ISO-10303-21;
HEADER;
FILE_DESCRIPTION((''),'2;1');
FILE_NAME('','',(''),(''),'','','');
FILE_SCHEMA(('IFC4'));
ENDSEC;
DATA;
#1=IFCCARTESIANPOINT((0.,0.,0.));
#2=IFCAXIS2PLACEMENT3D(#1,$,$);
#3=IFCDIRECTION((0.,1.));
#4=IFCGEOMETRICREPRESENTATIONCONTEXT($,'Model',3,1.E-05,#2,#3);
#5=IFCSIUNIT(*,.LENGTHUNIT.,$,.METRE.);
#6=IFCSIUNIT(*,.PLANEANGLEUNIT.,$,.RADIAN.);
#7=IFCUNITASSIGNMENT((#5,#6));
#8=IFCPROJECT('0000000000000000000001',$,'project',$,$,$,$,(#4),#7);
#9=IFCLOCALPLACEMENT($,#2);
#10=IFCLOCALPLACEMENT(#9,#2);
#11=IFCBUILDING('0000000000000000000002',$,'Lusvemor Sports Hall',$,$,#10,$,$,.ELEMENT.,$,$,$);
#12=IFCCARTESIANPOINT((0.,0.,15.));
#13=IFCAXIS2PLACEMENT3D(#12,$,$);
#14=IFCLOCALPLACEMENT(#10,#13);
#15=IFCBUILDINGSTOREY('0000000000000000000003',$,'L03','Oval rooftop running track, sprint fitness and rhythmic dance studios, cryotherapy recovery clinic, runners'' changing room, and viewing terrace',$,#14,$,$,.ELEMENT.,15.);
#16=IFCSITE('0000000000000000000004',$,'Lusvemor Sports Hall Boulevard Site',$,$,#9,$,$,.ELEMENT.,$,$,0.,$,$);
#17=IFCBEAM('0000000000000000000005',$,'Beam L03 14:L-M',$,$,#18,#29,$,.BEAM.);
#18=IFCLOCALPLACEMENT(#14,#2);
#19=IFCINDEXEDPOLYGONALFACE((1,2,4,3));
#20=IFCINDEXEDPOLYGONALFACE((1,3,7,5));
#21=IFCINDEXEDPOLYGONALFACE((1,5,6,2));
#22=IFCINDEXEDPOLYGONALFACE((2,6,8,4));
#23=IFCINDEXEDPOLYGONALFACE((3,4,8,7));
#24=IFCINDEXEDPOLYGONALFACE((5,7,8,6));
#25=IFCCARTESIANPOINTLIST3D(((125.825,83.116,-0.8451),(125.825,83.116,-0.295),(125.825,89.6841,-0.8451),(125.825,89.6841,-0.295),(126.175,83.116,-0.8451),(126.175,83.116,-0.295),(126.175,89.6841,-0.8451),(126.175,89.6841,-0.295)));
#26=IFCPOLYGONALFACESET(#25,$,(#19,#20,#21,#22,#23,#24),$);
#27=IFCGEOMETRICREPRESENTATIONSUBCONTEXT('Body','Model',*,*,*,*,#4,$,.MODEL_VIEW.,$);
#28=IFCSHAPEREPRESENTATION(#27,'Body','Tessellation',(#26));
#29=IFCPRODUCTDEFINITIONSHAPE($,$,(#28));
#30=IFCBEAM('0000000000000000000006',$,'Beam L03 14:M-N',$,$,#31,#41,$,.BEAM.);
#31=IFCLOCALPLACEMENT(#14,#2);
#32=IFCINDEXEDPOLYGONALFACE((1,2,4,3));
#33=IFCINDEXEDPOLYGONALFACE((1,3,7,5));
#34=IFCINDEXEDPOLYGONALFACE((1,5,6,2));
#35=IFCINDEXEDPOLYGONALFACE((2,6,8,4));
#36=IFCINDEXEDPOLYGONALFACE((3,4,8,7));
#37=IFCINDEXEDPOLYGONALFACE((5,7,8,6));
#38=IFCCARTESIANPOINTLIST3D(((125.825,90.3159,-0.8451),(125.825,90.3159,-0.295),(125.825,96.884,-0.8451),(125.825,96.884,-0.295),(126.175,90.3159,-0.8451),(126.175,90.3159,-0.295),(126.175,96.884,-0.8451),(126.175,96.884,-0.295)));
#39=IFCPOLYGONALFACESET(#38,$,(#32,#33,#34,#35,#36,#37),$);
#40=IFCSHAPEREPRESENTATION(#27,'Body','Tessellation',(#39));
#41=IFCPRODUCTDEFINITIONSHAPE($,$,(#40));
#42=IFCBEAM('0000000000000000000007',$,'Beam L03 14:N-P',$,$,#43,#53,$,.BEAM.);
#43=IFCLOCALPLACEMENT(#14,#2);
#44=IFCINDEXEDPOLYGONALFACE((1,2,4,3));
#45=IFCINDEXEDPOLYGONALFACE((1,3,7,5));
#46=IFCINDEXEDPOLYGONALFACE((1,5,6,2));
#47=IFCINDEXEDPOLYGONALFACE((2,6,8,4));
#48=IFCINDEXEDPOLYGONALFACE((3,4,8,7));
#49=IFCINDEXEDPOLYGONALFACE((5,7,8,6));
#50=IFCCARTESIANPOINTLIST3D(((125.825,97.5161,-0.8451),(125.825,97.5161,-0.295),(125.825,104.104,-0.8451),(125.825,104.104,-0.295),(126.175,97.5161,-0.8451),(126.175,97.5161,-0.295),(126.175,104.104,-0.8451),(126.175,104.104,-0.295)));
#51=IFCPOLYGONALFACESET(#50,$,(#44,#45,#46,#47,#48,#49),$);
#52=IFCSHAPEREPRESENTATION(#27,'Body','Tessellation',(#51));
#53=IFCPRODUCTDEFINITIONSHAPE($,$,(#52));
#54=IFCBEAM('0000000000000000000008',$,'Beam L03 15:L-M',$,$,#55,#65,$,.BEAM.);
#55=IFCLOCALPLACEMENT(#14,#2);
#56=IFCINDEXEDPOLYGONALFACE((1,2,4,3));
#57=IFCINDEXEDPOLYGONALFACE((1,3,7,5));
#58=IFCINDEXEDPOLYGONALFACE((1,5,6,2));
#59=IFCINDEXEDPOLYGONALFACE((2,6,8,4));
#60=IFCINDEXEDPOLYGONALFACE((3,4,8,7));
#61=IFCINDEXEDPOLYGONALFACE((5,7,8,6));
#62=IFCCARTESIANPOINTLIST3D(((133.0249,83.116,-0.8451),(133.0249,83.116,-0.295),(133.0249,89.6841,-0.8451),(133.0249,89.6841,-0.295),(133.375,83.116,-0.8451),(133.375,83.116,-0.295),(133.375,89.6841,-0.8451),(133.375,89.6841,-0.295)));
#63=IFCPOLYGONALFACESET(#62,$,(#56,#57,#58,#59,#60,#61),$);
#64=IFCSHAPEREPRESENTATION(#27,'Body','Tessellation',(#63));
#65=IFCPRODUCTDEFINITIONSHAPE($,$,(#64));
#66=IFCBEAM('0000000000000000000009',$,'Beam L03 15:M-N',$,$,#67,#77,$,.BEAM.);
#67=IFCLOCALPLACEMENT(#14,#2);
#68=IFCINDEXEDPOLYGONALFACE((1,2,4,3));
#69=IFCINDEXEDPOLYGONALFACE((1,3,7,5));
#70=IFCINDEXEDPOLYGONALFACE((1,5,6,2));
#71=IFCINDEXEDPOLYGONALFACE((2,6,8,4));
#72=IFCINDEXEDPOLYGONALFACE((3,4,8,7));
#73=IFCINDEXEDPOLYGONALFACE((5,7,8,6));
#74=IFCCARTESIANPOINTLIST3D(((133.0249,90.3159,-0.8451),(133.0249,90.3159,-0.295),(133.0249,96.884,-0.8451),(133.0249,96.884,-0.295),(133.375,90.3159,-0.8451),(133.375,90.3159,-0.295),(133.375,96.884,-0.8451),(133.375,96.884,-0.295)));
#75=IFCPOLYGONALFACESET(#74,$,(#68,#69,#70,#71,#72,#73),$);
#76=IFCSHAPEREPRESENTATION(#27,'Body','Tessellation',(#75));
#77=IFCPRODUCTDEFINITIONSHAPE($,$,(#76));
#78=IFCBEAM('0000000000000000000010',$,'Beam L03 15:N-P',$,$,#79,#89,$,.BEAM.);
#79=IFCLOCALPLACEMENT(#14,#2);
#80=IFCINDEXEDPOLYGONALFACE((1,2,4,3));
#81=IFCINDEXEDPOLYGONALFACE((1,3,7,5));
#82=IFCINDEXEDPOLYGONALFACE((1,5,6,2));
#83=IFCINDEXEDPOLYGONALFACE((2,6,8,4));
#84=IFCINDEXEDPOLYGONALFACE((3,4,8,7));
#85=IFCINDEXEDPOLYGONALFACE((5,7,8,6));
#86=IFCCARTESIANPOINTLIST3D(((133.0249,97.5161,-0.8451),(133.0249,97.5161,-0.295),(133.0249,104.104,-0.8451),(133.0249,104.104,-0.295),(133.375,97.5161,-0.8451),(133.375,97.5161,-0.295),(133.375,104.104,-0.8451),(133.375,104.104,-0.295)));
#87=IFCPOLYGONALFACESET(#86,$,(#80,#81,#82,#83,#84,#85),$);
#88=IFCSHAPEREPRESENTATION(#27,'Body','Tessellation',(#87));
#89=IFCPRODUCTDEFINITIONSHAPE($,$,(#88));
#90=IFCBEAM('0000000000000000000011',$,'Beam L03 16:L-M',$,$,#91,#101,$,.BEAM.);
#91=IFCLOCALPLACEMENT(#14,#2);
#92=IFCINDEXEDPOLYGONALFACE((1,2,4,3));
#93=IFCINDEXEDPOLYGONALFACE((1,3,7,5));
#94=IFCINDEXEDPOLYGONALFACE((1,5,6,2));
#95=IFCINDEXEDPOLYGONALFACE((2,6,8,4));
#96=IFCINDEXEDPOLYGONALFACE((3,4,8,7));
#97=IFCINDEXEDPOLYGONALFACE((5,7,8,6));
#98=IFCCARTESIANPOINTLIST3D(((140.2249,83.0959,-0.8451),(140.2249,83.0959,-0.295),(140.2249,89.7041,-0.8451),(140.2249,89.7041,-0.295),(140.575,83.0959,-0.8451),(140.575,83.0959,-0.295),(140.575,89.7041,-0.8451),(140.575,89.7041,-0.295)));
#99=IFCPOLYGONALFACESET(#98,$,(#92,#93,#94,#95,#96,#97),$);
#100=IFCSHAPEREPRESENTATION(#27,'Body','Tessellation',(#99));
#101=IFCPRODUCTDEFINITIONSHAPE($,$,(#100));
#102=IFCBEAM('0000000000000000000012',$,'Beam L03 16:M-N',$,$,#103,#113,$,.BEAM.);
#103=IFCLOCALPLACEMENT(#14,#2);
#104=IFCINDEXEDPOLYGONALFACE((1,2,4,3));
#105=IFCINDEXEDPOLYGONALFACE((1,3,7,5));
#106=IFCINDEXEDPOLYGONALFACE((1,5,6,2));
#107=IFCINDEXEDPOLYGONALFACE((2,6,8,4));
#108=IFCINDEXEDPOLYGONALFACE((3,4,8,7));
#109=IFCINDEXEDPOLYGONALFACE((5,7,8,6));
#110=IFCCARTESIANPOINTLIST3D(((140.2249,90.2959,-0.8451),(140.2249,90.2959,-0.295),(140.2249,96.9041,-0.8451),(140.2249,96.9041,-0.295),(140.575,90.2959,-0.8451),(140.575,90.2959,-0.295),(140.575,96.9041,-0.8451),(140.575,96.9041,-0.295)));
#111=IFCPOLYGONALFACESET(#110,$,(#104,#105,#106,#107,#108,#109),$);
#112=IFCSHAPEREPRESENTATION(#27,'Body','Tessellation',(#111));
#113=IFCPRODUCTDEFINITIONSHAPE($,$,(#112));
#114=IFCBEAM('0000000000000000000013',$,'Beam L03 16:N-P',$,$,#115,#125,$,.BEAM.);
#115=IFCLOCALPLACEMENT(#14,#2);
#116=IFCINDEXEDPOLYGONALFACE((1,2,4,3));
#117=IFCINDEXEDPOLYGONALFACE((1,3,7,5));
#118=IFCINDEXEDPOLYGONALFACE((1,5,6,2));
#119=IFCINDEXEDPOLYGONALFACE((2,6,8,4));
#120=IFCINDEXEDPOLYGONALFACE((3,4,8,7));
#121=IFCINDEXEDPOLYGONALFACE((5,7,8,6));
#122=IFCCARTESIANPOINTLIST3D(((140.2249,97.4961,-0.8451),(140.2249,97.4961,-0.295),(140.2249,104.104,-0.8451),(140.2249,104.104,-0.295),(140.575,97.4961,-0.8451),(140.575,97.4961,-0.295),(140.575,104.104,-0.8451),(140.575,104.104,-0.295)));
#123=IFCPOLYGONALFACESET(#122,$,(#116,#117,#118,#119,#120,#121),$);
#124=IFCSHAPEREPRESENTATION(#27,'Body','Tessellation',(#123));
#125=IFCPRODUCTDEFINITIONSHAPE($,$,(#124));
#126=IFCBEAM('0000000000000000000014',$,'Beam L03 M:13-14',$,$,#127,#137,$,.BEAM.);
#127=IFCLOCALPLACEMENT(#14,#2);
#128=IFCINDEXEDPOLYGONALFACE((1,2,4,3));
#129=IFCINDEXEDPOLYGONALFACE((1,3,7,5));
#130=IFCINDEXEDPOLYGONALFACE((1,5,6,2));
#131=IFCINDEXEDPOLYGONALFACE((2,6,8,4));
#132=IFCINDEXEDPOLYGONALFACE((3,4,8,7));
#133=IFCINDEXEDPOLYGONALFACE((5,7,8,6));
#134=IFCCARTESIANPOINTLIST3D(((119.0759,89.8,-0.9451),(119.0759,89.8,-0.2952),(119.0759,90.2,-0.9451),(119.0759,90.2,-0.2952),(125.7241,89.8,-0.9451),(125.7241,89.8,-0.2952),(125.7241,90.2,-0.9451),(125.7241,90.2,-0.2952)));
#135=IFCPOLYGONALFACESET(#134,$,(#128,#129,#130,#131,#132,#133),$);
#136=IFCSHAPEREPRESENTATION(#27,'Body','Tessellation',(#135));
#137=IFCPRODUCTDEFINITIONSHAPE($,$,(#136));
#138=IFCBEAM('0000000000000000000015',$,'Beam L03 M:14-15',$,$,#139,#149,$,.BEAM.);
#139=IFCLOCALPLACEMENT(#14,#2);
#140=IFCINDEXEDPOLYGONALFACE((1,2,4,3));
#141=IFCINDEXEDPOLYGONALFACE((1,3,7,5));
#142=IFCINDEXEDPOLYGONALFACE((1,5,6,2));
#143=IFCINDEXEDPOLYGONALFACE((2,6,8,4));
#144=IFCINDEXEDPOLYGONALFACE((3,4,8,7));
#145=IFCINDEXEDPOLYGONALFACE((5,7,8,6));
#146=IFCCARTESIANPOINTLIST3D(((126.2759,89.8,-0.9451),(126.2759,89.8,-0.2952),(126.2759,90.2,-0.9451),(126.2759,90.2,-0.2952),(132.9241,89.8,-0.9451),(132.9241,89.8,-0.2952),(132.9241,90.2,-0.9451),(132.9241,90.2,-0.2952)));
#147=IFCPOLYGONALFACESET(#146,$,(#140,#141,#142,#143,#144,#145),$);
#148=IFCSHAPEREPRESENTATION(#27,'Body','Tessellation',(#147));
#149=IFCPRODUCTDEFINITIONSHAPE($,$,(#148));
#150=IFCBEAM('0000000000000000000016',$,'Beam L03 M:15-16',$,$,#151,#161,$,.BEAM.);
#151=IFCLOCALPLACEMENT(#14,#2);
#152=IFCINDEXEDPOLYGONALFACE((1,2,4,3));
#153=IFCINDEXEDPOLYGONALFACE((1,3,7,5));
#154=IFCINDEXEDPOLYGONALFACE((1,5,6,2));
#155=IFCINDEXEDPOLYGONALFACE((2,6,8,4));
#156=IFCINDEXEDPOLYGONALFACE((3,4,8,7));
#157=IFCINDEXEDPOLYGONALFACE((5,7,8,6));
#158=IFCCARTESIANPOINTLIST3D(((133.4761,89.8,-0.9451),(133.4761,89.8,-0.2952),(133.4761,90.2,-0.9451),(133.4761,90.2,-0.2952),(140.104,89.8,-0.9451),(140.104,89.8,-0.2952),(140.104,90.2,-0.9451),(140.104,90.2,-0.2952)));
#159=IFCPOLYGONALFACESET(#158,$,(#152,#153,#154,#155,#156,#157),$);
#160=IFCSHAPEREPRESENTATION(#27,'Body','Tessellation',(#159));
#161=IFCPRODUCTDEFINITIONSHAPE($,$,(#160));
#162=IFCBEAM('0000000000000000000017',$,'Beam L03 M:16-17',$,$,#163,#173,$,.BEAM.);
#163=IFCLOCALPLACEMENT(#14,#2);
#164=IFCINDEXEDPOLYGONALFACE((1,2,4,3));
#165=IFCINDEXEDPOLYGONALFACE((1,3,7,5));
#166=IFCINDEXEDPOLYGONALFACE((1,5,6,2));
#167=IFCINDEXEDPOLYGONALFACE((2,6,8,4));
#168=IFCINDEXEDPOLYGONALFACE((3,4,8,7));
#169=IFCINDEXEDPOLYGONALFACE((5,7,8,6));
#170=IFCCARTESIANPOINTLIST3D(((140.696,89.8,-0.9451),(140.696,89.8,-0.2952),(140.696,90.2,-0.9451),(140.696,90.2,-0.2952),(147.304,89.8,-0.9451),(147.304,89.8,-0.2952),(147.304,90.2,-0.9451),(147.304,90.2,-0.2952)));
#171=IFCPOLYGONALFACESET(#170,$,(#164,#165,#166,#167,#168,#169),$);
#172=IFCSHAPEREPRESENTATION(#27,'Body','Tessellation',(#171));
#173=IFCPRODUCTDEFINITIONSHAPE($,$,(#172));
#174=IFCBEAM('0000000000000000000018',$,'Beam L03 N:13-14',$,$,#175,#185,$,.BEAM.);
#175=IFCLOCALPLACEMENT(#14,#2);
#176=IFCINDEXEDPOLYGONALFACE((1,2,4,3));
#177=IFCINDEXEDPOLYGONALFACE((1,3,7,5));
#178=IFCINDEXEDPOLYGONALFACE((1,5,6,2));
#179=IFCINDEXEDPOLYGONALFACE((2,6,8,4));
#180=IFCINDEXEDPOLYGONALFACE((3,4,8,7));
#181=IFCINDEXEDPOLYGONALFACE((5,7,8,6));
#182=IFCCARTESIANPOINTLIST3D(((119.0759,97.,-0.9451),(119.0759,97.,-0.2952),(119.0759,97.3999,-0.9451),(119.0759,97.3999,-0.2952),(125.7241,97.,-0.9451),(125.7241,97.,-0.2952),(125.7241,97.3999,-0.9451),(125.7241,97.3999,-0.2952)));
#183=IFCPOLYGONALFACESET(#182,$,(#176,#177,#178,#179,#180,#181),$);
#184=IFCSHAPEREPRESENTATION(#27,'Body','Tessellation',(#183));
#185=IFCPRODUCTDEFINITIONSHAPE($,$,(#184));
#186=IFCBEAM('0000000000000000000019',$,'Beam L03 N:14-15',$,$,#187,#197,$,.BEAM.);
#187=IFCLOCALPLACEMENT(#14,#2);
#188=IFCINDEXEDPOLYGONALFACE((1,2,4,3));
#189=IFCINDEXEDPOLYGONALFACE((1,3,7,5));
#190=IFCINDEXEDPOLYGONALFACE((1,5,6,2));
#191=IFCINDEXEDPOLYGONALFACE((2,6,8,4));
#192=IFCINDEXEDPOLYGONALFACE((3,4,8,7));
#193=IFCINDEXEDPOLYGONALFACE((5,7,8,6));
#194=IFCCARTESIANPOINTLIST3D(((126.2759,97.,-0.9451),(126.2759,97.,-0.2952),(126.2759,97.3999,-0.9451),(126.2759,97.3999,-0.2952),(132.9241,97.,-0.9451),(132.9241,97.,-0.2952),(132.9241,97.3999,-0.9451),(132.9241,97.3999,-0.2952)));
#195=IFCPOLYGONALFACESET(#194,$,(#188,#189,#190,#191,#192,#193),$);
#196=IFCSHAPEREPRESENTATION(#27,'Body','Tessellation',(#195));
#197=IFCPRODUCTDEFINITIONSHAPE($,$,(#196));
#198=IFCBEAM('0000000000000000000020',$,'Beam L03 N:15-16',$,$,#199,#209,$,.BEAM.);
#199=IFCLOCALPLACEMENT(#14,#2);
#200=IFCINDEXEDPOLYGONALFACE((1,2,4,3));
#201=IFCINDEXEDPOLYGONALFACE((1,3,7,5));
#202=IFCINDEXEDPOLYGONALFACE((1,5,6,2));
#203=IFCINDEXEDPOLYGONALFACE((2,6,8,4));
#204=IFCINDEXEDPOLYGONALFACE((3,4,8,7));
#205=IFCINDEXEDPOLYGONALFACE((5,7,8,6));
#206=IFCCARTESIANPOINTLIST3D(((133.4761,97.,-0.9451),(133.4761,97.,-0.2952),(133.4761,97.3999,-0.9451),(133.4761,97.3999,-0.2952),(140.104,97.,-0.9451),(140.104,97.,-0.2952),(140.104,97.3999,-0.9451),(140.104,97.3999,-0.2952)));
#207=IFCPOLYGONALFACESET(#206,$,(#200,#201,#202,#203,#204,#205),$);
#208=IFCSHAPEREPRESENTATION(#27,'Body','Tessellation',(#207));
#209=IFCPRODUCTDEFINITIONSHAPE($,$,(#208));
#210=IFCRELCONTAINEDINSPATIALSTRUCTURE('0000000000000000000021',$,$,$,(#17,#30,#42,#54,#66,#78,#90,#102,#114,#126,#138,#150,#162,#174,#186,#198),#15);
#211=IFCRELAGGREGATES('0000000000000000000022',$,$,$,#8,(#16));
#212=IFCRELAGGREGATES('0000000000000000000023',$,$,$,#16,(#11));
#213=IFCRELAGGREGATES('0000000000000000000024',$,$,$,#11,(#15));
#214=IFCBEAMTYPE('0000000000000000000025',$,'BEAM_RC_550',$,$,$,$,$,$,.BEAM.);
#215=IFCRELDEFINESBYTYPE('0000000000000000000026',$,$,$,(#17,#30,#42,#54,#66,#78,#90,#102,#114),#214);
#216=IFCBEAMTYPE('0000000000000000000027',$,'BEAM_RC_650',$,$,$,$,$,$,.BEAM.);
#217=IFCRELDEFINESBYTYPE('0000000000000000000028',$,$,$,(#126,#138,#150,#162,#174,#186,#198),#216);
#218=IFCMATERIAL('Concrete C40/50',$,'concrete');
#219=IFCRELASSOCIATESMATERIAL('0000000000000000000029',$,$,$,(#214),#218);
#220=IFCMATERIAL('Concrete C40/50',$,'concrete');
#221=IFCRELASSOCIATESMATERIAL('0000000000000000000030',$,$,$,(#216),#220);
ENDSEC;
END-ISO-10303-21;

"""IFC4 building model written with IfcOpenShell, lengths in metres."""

from ifc_helpers import new_model, si_unit, direction, frame, origin, origin_2d, place, context, subcontext, project, spatial, rectangle, extrude, material, material_profile, profile_set, type_object, element, save


model = new_model("IFC4")

# Units and contexts
model_context = context("Model", 3, precision=1e-05, world=origin(), true_north=direction((0.0, 1.0)))
body_context = subcontext(model_context, "Body", "Model", "MODEL_VIEW")
ifc_project = project(units=[si_unit("LENGTHUNIT", "METRE"), si_unit("PLANEANGLEUNIT", "RADIAN")], contexts=[model_context])

# Site, building, storey
site_placement = place(None, origin())
site = spatial("IfcSite", under=ifc_project, at=site_placement, Name="Lusvemor Sports Hall Boulevard Site", CompositionType="ELEMENT", RefElevation=0.0)
building_placement = place(site_placement, origin())
building = spatial("IfcBuilding", under=site, at=building_placement, Name="Lusvemor Sports Hall", CompositionType="ELEMENT")
storey_placement = place(building_placement, frame((0.0, 0.0, 15.0)))
storey = spatial("IfcBuildingStorey", under=building, at=storey_placement, Name="L03", Description="Oval rooftop running track, sprint fitness and rhythmic dance studios, cryotherapy recovery clinic, runners' changing room, and viewing terrace", CompositionType="ELEMENT", Elevation=15.0)

# Beams
ifc_material_1 = material(Name="Concrete C40/50", Category="concrete")
ifc_material_profile_1 = material_profile(ifc_material_1, rectangle(XDim=0.3501, YDim=0.55, at=origin_2d()), Name="RC350x550")
ifc_profile_set_1 = profile_set([ifc_material_profile_1], Name="Concrete C40/50")
beam_type_1 = type_object("IfcBeamType", Name="BEAM_RC_550", PredefinedType="BEAM", material=ifc_profile_set_1)
for number, where, z_axis, x_axis, name in (
    (1, (126.0, 83.116, -0.5701), (0.0, 1.0, 0.0), (-1.0, 0.0, 0.0), "Beam L03 14:L-M"),
    (2, (126.0, 90.3159, -0.5701), (0.0, 1.0, 0.0), (-1.0, 0.0, 0.0), "Beam L03 14:M-N"),
):
    element("IfcBeam", number, at=place(storey_placement, frame(where, z_axis=z_axis, x_axis=x_axis)), inside=storey, type_object=beam_type_1, Name=name, PredefinedType="BEAM", context=body_context, shape_type="SweptSolid", body=[
        extrude(rectangle(XDim=0.3501, YDim=0.55, at=origin_2d()), origin(), (0.0, 0.0, 1.0), 6.5681),
    ])
beam_1_placement = place(storey_placement, frame((126.0, 97.5161, -0.5701), z_axis=(0.0, 1.0, 0.0), x_axis=(-1.0, 0.0, 0.0)))
element("IfcBeam", 3, at=beam_1_placement, inside=storey, type_object=beam_type_1, Name="Beam L03 14:N-P", PredefinedType="BEAM", context=body_context, shape_type="SweptSolid", body=[
    extrude(rectangle(XDim=0.3501, YDim=0.55, at=origin_2d()), origin(), (0.0, 0.0, 1.0), 6.5879),
])
for number, where, z_axis, x_axis, name in (
    (4, (133.2, 83.116, -0.5701), (0.0, 1.0, 0.0), (-1.0, 0.0, 0.0), "Beam L03 15:L-M"),
    (5, (133.2, 90.3159, -0.5701), (0.0, 1.0, 0.0), (-1.0, 0.0, 0.0), "Beam L03 15:M-N"),
):
    element("IfcBeam", number, at=place(storey_placement, frame(where, z_axis=z_axis, x_axis=x_axis)), inside=storey, type_object=beam_type_1, Name=name, PredefinedType="BEAM", context=body_context, shape_type="SweptSolid", body=[
        extrude(rectangle(XDim=0.3501, YDim=0.55, at=origin_2d()), origin(), (0.0, 0.0, 1.0), 6.5681),
    ])
beam_2_placement = place(storey_placement, frame((133.2, 97.5161, -0.5701), z_axis=(0.0, 1.0, 0.0), x_axis=(-1.0, 0.0, 0.0)))
element("IfcBeam", 6, at=beam_2_placement, inside=storey, type_object=beam_type_1, Name="Beam L03 15:N-P", PredefinedType="BEAM", context=body_context, shape_type="SweptSolid", body=[
    extrude(rectangle(XDim=0.3501, YDim=0.55, at=origin_2d()), origin(), (0.0, 0.0, 1.0), 6.5879),
])
for number, where, z_axis, x_axis, name in (
    (7, (140.3999, 83.0959, -0.5701), (0.0, 1.0, 0.0), (-1.0, 0.0, 0.0), "Beam L03 16:L-M"),
    (8, (140.3999, 90.2959, -0.5701), (0.0, 1.0, 0.0), (-1.0, 0.0, 0.0), "Beam L03 16:M-N"),
):
    element("IfcBeam", number, at=place(storey_placement, frame(where, z_axis=z_axis, x_axis=x_axis)), inside=storey, type_object=beam_type_1, Name=name, PredefinedType="BEAM", context=body_context, shape_type="SweptSolid", body=[
        extrude(rectangle(XDim=0.3501, YDim=0.55, at=origin_2d()), origin(), (0.0, 0.0, 1.0), 6.6082),
    ])
beam_3_placement = place(storey_placement, frame((140.3999, 97.4961, -0.5701), z_axis=(0.0, 1.0, 0.0), x_axis=(-1.0, 0.0, 0.0)))
element("IfcBeam", 9, at=beam_3_placement, inside=storey, type_object=beam_type_1, Name="Beam L03 16:N-P", PredefinedType="BEAM", context=body_context, shape_type="SweptSolid", body=[
    extrude(rectangle(XDim=0.3501, YDim=0.55, at=origin_2d()), origin(), (0.0, 0.0, 1.0), 6.6079),
])
ifc_material_2 = material(Name="Concrete C40/50", Category="concrete")
ifc_material_profile_2 = material_profile(ifc_material_2, rectangle(XDim=0.3999, YDim=0.6499, at=origin_2d()), Name="RC400x650")
ifc_profile_set_2 = profile_set([ifc_material_profile_2], Name="Concrete C40/50")
beam_type_2 = type_object("IfcBeamType", Name="BEAM_RC_650", PredefinedType="BEAM", material=ifc_profile_set_2)
for number, where, z_axis, x_axis, name in (
    (10, (119.0759, 90.0, -0.6201), (1.0, 0.0, 0.0), (0.0, 1.0, 0.0), "Beam L03 M:13-14"),
    (11, (126.2759, 90.0, -0.6201), (1.0, 0.0, 0.0), (0.0, 1.0, 0.0), "Beam L03 M:14-15"),
):
    element("IfcBeam", number, at=place(storey_placement, frame(where, z_axis=z_axis, x_axis=x_axis)), inside=storey, type_object=beam_type_2, Name=name, PredefinedType="BEAM", context=body_context, shape_type="SweptSolid", body=[
        extrude(rectangle(XDim=0.3999, YDim=0.6499, at=origin_2d()), origin(), (0.0, 0.0, 1.0), 6.6482),
    ])
beam_4_placement = place(storey_placement, frame((133.4761, 90.0, -0.6201), z_axis=(1.0, 0.0, 0.0), x_axis=(0.0, 1.0, 0.0)))
element("IfcBeam", 12, at=beam_4_placement, inside=storey, type_object=beam_type_2, Name="Beam L03 M:15-16", PredefinedType="BEAM", context=body_context, shape_type="SweptSolid", body=[
    extrude(rectangle(XDim=0.3999, YDim=0.6499, at=origin_2d()), origin(), (0.0, 0.0, 1.0), 6.6279),
])
beam_5_placement = place(storey_placement, frame((140.696, 90.0, -0.6201), z_axis=(1.0, 0.0, 0.0), x_axis=(0.0, 1.0, 0.0)))
element("IfcBeam", 13, at=beam_5_placement, inside=storey, type_object=beam_type_2, Name="Beam L03 M:16-17", PredefinedType="BEAM", context=body_context, shape_type="SweptSolid", body=[
    extrude(rectangle(XDim=0.3999, YDim=0.6499, at=origin_2d()), origin(), (0.0, 0.0, 1.0), 6.6079),
])
for number, where, z_axis, x_axis, name in (
    (14, (119.0759, 97.2, -0.6201), (1.0, 0.0, 0.0), (0.0, 1.0, 0.0), "Beam L03 N:13-14"),
    (15, (126.2759, 97.2, -0.6201), (1.0, 0.0, 0.0), (0.0, 1.0, 0.0), "Beam L03 N:14-15"),
):
    element("IfcBeam", number, at=place(storey_placement, frame(where, z_axis=z_axis, x_axis=x_axis)), inside=storey, type_object=beam_type_2, Name=name, PredefinedType="BEAM", context=body_context, shape_type="SweptSolid", body=[
        extrude(rectangle(XDim=0.3999, YDim=0.6499, at=origin_2d()), origin(), (0.0, 0.0, 1.0), 6.6482),
    ])
beam_6_placement = place(storey_placement, frame((133.4761, 97.2, -0.6201), z_axis=(1.0, 0.0, 0.0), x_axis=(0.0, 1.0, 0.0)))
element("IfcBeam", 16, at=beam_6_placement, inside=storey, type_object=beam_type_2, Name="Beam L03 N:15-16", PredefinedType="BEAM", context=body_context, shape_type="SweptSolid", body=[
    extrude(rectangle(XDim=0.3999, YDim=0.6499, at=origin_2d()), origin(), (0.0, 0.0, 1.0), 6.6279),
])

save(model, "model.ifc")
